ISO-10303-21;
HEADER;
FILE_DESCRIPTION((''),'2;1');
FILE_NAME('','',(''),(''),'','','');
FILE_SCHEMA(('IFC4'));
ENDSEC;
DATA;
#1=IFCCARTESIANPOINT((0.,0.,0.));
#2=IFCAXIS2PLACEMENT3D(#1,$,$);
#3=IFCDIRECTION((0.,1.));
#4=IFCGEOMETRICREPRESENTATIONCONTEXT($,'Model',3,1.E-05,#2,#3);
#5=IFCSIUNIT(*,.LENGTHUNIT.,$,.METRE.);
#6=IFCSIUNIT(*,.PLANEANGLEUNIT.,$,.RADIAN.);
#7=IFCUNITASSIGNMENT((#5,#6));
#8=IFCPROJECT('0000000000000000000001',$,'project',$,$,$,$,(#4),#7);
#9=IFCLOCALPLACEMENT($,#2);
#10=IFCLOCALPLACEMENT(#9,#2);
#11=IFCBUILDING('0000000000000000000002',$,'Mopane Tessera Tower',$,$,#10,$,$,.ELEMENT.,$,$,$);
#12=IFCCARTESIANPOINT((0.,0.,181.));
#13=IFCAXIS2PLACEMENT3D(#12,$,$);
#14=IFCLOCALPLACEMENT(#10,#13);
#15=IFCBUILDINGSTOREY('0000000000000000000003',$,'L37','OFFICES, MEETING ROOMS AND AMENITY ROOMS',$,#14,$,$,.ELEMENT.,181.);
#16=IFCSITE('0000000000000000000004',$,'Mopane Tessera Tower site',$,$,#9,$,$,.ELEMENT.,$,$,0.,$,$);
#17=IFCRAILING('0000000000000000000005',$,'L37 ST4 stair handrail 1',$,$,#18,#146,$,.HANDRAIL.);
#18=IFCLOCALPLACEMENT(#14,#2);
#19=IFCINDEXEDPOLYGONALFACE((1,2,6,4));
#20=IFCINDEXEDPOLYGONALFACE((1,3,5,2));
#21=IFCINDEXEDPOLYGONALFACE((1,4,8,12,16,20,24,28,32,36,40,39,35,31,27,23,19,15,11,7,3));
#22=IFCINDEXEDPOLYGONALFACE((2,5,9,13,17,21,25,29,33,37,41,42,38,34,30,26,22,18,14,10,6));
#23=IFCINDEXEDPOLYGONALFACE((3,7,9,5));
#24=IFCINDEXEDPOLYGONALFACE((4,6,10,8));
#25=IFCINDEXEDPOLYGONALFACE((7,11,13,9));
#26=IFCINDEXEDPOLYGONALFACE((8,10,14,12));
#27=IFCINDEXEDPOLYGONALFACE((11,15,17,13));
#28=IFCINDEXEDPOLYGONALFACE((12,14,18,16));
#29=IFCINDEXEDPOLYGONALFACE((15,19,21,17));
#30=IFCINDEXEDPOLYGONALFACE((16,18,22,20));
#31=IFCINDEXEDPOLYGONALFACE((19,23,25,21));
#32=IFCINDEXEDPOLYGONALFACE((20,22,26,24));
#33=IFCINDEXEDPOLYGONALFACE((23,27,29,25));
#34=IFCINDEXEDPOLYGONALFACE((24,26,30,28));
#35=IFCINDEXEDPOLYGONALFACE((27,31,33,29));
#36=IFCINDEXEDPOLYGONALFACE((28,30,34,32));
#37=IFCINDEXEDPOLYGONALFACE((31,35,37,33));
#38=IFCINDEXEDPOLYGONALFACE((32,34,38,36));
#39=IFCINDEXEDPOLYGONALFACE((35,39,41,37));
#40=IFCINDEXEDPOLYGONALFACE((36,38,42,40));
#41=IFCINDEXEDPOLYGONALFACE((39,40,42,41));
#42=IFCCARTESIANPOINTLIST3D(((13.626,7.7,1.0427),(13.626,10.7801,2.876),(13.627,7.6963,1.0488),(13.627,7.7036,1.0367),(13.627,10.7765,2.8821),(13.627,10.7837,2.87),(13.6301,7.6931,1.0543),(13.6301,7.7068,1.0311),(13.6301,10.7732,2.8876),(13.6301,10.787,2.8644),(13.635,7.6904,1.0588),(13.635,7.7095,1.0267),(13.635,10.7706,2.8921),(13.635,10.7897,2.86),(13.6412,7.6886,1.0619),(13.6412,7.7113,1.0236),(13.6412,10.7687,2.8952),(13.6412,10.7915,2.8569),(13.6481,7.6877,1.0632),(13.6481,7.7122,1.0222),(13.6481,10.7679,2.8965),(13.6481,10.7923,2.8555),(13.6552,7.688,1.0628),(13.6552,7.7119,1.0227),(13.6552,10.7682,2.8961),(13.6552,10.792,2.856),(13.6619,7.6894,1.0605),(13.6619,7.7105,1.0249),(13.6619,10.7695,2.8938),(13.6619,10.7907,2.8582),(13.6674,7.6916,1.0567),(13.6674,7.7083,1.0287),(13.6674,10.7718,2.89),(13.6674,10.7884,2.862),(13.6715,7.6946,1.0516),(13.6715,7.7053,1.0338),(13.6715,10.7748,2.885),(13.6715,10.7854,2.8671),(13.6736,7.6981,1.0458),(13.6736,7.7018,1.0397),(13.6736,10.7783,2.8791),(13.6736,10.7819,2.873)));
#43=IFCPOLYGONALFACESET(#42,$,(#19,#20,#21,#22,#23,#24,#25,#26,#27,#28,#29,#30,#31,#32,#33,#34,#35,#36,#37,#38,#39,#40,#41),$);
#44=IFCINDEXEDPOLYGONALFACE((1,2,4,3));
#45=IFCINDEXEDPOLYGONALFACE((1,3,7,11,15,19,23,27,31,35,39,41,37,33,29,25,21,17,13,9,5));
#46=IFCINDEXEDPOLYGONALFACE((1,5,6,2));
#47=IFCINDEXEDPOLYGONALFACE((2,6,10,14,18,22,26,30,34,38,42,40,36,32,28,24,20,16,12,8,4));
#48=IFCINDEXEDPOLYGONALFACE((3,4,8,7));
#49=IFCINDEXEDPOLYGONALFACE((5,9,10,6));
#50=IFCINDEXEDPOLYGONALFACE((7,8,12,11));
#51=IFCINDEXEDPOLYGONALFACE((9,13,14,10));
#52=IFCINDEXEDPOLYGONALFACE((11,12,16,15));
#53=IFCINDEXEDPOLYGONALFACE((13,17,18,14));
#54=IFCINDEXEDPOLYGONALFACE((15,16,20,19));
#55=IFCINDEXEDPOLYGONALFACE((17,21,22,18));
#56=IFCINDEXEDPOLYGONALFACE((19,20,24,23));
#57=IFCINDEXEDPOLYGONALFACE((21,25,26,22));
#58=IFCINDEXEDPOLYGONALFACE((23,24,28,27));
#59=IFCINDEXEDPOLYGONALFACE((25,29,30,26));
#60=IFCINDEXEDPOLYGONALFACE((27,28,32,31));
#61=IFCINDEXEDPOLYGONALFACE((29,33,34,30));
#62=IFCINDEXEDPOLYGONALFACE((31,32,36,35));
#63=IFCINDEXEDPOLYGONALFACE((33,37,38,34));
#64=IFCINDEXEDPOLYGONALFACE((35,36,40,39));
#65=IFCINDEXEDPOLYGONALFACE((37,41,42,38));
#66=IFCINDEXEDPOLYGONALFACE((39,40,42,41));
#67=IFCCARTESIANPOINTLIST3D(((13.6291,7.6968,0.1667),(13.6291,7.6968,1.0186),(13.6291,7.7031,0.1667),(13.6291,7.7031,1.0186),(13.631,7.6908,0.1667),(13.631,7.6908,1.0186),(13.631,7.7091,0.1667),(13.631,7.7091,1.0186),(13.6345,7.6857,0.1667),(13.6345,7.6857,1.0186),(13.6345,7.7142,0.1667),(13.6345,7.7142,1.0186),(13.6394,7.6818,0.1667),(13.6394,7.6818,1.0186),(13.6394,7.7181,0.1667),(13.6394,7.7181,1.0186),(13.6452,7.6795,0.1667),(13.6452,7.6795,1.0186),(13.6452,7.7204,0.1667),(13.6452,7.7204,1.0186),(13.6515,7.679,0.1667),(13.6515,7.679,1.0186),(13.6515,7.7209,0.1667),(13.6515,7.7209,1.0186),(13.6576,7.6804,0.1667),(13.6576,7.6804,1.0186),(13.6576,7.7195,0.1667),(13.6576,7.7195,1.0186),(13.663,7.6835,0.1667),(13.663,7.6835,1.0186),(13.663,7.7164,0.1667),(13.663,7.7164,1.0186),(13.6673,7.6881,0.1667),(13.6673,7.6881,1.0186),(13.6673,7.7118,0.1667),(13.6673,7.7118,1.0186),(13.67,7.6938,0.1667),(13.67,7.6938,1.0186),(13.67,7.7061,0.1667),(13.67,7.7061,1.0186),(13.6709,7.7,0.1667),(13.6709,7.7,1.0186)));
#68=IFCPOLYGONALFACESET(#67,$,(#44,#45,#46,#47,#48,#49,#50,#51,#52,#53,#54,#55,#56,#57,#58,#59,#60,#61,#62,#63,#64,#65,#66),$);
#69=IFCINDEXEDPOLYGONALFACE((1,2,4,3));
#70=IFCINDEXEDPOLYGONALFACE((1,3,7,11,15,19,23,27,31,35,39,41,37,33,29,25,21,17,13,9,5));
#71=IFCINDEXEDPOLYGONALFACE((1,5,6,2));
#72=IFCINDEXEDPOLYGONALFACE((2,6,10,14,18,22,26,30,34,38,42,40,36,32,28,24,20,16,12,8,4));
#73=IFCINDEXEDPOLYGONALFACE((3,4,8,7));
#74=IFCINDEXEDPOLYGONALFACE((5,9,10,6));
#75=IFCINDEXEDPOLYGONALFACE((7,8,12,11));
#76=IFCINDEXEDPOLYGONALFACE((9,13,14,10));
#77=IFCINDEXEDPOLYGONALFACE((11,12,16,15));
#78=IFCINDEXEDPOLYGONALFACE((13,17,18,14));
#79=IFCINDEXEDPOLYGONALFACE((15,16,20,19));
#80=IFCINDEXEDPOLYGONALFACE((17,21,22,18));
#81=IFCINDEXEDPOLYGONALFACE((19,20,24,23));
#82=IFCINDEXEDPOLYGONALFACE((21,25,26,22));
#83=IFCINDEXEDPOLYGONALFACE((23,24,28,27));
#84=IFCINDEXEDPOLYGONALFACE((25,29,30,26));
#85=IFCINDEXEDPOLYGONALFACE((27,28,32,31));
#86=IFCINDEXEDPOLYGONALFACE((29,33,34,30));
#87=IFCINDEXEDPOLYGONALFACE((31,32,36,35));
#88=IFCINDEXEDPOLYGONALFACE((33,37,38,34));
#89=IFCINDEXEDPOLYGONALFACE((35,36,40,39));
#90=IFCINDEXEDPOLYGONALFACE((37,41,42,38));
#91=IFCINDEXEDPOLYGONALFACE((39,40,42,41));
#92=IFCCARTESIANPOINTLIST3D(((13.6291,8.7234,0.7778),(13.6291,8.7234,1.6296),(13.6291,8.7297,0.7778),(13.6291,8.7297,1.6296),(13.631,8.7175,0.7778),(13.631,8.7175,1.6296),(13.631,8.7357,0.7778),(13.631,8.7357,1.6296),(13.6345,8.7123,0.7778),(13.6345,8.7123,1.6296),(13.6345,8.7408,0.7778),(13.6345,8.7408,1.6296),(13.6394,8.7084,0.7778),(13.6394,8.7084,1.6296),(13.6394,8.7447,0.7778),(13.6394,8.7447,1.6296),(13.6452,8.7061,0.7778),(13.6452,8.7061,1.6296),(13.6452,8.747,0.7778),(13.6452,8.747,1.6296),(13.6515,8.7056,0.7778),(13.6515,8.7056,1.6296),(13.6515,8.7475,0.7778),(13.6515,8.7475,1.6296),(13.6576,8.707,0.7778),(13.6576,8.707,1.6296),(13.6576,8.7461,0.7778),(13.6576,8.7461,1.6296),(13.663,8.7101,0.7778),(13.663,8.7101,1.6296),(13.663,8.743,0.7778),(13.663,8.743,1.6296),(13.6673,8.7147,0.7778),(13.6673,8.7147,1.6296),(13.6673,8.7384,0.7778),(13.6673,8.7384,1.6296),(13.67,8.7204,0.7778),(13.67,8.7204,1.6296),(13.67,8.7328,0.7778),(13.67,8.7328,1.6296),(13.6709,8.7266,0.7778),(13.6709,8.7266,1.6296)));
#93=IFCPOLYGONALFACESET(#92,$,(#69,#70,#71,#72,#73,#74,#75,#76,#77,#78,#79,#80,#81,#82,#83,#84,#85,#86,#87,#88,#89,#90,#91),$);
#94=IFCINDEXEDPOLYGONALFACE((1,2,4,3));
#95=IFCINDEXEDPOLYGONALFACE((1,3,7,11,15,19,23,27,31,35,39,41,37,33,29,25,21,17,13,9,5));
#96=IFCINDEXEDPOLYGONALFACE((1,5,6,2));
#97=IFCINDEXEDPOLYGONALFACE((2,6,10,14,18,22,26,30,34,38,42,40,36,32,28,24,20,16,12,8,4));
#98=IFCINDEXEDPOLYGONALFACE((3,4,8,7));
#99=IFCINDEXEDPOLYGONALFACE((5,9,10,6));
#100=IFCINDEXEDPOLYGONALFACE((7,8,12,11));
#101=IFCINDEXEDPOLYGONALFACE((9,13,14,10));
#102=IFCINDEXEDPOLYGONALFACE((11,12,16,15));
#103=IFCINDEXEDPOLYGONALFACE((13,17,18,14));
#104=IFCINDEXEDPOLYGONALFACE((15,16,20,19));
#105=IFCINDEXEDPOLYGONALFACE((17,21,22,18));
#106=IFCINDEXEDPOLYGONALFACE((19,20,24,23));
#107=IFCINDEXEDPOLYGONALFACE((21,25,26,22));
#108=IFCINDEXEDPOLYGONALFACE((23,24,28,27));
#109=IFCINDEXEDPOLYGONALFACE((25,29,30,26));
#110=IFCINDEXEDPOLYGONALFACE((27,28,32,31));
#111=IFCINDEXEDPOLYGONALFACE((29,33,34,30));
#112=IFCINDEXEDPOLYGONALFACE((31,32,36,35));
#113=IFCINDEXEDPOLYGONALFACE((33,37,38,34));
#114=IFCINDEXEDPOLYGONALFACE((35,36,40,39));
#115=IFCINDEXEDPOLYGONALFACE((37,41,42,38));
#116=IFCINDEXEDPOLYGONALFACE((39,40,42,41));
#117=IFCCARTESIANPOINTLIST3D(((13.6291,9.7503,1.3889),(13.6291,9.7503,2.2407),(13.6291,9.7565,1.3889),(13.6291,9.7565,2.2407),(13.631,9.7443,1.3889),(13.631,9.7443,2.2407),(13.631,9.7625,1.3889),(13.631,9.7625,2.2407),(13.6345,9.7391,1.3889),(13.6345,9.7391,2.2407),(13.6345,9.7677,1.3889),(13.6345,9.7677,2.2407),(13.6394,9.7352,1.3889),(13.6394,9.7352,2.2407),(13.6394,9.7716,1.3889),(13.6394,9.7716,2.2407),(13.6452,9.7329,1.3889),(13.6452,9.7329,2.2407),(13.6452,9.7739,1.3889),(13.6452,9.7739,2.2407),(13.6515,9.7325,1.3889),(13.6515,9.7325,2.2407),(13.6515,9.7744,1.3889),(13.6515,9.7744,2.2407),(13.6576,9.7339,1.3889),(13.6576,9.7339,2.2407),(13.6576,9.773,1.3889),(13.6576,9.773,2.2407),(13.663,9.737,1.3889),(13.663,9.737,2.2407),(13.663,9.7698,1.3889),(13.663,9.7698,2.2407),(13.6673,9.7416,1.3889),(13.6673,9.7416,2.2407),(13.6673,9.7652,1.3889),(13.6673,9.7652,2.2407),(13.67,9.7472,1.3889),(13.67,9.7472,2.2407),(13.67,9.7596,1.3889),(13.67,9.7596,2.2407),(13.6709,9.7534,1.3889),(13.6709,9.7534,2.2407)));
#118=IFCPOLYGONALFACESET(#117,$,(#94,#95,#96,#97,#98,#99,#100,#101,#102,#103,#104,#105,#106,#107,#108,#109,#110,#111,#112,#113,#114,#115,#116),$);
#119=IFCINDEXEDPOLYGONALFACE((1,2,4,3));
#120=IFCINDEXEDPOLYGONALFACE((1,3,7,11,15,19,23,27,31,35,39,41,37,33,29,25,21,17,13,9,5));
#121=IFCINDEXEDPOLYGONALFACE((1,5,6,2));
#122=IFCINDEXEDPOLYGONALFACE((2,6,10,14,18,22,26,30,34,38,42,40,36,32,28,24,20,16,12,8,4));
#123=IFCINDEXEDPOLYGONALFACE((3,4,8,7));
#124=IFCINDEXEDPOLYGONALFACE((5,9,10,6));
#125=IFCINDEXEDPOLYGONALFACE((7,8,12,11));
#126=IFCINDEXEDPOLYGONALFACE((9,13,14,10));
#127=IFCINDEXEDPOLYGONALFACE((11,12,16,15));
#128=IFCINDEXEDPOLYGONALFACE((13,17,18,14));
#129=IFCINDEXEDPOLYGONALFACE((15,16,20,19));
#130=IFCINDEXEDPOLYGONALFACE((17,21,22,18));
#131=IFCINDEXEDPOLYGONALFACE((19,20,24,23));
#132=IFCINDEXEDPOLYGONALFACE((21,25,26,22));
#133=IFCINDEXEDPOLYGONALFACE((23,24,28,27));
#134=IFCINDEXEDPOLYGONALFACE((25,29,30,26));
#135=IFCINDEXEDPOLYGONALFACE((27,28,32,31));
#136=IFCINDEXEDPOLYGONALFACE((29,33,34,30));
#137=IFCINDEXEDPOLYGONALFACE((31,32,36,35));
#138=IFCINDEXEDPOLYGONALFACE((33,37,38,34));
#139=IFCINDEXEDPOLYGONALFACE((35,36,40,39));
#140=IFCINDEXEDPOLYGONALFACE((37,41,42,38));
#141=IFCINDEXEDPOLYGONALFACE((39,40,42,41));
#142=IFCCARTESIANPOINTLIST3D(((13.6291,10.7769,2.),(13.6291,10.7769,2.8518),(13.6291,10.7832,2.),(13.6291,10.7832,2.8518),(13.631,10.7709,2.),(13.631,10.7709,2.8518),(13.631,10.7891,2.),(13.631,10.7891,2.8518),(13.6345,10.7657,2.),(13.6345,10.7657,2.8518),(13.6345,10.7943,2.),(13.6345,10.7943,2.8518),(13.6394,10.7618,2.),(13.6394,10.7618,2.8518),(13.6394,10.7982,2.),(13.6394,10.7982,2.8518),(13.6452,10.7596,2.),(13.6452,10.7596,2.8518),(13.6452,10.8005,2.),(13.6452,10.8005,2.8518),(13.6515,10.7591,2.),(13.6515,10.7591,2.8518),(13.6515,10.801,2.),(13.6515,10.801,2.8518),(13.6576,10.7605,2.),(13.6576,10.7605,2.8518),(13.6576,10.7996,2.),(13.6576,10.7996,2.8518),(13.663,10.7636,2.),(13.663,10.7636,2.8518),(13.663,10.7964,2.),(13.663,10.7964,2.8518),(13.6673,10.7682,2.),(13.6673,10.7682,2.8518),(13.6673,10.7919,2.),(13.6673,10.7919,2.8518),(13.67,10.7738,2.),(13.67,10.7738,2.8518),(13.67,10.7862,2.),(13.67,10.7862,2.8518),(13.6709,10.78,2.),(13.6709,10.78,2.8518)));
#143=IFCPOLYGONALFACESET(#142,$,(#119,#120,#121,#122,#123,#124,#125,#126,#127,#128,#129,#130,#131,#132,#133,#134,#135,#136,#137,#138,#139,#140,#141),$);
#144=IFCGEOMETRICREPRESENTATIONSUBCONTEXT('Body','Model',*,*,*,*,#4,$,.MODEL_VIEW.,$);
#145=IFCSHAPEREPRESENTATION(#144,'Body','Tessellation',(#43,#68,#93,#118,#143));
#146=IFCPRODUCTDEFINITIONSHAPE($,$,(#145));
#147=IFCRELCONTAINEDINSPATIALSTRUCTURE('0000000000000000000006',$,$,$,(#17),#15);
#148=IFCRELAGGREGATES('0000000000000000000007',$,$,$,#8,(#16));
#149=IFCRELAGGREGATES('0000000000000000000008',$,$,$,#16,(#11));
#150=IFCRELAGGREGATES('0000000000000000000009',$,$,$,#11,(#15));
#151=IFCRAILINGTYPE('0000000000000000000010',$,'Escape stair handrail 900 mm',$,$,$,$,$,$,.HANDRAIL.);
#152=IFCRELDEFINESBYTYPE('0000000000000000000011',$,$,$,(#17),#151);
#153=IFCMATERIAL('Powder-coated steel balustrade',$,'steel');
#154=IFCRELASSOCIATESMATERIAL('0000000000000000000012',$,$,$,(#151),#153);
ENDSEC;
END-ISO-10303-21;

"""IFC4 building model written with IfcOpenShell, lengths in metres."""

from ifc_helpers import new_model, si_unit, direction, frame, origin, origin_2d, place, context, subcontext, project, spatial, circle, extrude, material, type_object, element, save


model = new_model("IFC4")

# Units and contexts
model_context = context("Model", 3, precision=1e-05, world=origin(), true_north=direction((0.0, 1.0)))
body_context = subcontext(model_context, "Body", "Model", "MODEL_VIEW")
ifc_project = project(units=[si_unit("LENGTHUNIT", "METRE"), si_unit("PLANEANGLEUNIT", "RADIAN")], contexts=[model_context])

# Site, building, storey
site_placement = place(None, origin())
site = spatial("IfcSite", under=ifc_project, at=site_placement, Name="Mopane Tessera Tower site", CompositionType="ELEMENT", RefElevation=0.0)
building_placement = place(site_placement, origin())
building = spatial("IfcBuilding", under=site, at=building_placement, Name="Mopane Tessera Tower", CompositionType="ELEMENT")
storey_placement = place(building_placement, frame((0.0, 0.0, 181.0)))
storey = spatial("IfcBuildingStorey", under=building, at=storey_placement, Name="L37", Description="OFFICES, MEETING ROOMS AND AMENITY ROOMS", CompositionType="ELEMENT", Elevation=181.0)

# Railing
ifc_material_1 = material(Name="Powder-coated steel balustrade", Category="steel")
railing_type_1 = type_object("IfcRailingType", Name="Escape stair handrail 900 mm", PredefinedType="HANDRAIL", material=ifc_material_1)
railing_1_placement = place(storey_placement, frame((13.6499, 7.7, 0.1667)))
element("IfcRailing", 1, at=railing_1_placement, inside=storey, type_object=railing_type_1, Name="L37 ST4 stair handrail 1", PredefinedType="HANDRAIL", context=body_context, shape_type="SweptSolid", body=[
    extrude(circle(Radius=0.0239, at=origin_2d()), frame((0.0, 0.0, 0.876), z_axis=(0.0, 0.859309, 0.511458), x_axis=(-1.0, 0.0, 0.0)), (0.0, 0.0, 1.0), 3.5845),
    extrude(circle(Radius=0.021, at=origin_2d()), origin(), (0.0, 0.0, 1.0), 0.8518),
    extrude(circle(Radius=0.021, at=origin_2d()), frame((0.0, 1.0266, 0.6111)), (0.0, 0.0, 1.0), 0.8518),
    extrude(circle(Radius=0.021, at=origin_2d()), frame((0.0, 2.0535, 1.2222)), (0.0, 0.0, 1.0), 0.8518),
    extrude(circle(Radius=0.021, at=origin_2d()), frame((0.0, 3.0801, 1.8333)), (0.0, 0.0, 1.0), 0.8518),
])

save(model, "model.ifc")
